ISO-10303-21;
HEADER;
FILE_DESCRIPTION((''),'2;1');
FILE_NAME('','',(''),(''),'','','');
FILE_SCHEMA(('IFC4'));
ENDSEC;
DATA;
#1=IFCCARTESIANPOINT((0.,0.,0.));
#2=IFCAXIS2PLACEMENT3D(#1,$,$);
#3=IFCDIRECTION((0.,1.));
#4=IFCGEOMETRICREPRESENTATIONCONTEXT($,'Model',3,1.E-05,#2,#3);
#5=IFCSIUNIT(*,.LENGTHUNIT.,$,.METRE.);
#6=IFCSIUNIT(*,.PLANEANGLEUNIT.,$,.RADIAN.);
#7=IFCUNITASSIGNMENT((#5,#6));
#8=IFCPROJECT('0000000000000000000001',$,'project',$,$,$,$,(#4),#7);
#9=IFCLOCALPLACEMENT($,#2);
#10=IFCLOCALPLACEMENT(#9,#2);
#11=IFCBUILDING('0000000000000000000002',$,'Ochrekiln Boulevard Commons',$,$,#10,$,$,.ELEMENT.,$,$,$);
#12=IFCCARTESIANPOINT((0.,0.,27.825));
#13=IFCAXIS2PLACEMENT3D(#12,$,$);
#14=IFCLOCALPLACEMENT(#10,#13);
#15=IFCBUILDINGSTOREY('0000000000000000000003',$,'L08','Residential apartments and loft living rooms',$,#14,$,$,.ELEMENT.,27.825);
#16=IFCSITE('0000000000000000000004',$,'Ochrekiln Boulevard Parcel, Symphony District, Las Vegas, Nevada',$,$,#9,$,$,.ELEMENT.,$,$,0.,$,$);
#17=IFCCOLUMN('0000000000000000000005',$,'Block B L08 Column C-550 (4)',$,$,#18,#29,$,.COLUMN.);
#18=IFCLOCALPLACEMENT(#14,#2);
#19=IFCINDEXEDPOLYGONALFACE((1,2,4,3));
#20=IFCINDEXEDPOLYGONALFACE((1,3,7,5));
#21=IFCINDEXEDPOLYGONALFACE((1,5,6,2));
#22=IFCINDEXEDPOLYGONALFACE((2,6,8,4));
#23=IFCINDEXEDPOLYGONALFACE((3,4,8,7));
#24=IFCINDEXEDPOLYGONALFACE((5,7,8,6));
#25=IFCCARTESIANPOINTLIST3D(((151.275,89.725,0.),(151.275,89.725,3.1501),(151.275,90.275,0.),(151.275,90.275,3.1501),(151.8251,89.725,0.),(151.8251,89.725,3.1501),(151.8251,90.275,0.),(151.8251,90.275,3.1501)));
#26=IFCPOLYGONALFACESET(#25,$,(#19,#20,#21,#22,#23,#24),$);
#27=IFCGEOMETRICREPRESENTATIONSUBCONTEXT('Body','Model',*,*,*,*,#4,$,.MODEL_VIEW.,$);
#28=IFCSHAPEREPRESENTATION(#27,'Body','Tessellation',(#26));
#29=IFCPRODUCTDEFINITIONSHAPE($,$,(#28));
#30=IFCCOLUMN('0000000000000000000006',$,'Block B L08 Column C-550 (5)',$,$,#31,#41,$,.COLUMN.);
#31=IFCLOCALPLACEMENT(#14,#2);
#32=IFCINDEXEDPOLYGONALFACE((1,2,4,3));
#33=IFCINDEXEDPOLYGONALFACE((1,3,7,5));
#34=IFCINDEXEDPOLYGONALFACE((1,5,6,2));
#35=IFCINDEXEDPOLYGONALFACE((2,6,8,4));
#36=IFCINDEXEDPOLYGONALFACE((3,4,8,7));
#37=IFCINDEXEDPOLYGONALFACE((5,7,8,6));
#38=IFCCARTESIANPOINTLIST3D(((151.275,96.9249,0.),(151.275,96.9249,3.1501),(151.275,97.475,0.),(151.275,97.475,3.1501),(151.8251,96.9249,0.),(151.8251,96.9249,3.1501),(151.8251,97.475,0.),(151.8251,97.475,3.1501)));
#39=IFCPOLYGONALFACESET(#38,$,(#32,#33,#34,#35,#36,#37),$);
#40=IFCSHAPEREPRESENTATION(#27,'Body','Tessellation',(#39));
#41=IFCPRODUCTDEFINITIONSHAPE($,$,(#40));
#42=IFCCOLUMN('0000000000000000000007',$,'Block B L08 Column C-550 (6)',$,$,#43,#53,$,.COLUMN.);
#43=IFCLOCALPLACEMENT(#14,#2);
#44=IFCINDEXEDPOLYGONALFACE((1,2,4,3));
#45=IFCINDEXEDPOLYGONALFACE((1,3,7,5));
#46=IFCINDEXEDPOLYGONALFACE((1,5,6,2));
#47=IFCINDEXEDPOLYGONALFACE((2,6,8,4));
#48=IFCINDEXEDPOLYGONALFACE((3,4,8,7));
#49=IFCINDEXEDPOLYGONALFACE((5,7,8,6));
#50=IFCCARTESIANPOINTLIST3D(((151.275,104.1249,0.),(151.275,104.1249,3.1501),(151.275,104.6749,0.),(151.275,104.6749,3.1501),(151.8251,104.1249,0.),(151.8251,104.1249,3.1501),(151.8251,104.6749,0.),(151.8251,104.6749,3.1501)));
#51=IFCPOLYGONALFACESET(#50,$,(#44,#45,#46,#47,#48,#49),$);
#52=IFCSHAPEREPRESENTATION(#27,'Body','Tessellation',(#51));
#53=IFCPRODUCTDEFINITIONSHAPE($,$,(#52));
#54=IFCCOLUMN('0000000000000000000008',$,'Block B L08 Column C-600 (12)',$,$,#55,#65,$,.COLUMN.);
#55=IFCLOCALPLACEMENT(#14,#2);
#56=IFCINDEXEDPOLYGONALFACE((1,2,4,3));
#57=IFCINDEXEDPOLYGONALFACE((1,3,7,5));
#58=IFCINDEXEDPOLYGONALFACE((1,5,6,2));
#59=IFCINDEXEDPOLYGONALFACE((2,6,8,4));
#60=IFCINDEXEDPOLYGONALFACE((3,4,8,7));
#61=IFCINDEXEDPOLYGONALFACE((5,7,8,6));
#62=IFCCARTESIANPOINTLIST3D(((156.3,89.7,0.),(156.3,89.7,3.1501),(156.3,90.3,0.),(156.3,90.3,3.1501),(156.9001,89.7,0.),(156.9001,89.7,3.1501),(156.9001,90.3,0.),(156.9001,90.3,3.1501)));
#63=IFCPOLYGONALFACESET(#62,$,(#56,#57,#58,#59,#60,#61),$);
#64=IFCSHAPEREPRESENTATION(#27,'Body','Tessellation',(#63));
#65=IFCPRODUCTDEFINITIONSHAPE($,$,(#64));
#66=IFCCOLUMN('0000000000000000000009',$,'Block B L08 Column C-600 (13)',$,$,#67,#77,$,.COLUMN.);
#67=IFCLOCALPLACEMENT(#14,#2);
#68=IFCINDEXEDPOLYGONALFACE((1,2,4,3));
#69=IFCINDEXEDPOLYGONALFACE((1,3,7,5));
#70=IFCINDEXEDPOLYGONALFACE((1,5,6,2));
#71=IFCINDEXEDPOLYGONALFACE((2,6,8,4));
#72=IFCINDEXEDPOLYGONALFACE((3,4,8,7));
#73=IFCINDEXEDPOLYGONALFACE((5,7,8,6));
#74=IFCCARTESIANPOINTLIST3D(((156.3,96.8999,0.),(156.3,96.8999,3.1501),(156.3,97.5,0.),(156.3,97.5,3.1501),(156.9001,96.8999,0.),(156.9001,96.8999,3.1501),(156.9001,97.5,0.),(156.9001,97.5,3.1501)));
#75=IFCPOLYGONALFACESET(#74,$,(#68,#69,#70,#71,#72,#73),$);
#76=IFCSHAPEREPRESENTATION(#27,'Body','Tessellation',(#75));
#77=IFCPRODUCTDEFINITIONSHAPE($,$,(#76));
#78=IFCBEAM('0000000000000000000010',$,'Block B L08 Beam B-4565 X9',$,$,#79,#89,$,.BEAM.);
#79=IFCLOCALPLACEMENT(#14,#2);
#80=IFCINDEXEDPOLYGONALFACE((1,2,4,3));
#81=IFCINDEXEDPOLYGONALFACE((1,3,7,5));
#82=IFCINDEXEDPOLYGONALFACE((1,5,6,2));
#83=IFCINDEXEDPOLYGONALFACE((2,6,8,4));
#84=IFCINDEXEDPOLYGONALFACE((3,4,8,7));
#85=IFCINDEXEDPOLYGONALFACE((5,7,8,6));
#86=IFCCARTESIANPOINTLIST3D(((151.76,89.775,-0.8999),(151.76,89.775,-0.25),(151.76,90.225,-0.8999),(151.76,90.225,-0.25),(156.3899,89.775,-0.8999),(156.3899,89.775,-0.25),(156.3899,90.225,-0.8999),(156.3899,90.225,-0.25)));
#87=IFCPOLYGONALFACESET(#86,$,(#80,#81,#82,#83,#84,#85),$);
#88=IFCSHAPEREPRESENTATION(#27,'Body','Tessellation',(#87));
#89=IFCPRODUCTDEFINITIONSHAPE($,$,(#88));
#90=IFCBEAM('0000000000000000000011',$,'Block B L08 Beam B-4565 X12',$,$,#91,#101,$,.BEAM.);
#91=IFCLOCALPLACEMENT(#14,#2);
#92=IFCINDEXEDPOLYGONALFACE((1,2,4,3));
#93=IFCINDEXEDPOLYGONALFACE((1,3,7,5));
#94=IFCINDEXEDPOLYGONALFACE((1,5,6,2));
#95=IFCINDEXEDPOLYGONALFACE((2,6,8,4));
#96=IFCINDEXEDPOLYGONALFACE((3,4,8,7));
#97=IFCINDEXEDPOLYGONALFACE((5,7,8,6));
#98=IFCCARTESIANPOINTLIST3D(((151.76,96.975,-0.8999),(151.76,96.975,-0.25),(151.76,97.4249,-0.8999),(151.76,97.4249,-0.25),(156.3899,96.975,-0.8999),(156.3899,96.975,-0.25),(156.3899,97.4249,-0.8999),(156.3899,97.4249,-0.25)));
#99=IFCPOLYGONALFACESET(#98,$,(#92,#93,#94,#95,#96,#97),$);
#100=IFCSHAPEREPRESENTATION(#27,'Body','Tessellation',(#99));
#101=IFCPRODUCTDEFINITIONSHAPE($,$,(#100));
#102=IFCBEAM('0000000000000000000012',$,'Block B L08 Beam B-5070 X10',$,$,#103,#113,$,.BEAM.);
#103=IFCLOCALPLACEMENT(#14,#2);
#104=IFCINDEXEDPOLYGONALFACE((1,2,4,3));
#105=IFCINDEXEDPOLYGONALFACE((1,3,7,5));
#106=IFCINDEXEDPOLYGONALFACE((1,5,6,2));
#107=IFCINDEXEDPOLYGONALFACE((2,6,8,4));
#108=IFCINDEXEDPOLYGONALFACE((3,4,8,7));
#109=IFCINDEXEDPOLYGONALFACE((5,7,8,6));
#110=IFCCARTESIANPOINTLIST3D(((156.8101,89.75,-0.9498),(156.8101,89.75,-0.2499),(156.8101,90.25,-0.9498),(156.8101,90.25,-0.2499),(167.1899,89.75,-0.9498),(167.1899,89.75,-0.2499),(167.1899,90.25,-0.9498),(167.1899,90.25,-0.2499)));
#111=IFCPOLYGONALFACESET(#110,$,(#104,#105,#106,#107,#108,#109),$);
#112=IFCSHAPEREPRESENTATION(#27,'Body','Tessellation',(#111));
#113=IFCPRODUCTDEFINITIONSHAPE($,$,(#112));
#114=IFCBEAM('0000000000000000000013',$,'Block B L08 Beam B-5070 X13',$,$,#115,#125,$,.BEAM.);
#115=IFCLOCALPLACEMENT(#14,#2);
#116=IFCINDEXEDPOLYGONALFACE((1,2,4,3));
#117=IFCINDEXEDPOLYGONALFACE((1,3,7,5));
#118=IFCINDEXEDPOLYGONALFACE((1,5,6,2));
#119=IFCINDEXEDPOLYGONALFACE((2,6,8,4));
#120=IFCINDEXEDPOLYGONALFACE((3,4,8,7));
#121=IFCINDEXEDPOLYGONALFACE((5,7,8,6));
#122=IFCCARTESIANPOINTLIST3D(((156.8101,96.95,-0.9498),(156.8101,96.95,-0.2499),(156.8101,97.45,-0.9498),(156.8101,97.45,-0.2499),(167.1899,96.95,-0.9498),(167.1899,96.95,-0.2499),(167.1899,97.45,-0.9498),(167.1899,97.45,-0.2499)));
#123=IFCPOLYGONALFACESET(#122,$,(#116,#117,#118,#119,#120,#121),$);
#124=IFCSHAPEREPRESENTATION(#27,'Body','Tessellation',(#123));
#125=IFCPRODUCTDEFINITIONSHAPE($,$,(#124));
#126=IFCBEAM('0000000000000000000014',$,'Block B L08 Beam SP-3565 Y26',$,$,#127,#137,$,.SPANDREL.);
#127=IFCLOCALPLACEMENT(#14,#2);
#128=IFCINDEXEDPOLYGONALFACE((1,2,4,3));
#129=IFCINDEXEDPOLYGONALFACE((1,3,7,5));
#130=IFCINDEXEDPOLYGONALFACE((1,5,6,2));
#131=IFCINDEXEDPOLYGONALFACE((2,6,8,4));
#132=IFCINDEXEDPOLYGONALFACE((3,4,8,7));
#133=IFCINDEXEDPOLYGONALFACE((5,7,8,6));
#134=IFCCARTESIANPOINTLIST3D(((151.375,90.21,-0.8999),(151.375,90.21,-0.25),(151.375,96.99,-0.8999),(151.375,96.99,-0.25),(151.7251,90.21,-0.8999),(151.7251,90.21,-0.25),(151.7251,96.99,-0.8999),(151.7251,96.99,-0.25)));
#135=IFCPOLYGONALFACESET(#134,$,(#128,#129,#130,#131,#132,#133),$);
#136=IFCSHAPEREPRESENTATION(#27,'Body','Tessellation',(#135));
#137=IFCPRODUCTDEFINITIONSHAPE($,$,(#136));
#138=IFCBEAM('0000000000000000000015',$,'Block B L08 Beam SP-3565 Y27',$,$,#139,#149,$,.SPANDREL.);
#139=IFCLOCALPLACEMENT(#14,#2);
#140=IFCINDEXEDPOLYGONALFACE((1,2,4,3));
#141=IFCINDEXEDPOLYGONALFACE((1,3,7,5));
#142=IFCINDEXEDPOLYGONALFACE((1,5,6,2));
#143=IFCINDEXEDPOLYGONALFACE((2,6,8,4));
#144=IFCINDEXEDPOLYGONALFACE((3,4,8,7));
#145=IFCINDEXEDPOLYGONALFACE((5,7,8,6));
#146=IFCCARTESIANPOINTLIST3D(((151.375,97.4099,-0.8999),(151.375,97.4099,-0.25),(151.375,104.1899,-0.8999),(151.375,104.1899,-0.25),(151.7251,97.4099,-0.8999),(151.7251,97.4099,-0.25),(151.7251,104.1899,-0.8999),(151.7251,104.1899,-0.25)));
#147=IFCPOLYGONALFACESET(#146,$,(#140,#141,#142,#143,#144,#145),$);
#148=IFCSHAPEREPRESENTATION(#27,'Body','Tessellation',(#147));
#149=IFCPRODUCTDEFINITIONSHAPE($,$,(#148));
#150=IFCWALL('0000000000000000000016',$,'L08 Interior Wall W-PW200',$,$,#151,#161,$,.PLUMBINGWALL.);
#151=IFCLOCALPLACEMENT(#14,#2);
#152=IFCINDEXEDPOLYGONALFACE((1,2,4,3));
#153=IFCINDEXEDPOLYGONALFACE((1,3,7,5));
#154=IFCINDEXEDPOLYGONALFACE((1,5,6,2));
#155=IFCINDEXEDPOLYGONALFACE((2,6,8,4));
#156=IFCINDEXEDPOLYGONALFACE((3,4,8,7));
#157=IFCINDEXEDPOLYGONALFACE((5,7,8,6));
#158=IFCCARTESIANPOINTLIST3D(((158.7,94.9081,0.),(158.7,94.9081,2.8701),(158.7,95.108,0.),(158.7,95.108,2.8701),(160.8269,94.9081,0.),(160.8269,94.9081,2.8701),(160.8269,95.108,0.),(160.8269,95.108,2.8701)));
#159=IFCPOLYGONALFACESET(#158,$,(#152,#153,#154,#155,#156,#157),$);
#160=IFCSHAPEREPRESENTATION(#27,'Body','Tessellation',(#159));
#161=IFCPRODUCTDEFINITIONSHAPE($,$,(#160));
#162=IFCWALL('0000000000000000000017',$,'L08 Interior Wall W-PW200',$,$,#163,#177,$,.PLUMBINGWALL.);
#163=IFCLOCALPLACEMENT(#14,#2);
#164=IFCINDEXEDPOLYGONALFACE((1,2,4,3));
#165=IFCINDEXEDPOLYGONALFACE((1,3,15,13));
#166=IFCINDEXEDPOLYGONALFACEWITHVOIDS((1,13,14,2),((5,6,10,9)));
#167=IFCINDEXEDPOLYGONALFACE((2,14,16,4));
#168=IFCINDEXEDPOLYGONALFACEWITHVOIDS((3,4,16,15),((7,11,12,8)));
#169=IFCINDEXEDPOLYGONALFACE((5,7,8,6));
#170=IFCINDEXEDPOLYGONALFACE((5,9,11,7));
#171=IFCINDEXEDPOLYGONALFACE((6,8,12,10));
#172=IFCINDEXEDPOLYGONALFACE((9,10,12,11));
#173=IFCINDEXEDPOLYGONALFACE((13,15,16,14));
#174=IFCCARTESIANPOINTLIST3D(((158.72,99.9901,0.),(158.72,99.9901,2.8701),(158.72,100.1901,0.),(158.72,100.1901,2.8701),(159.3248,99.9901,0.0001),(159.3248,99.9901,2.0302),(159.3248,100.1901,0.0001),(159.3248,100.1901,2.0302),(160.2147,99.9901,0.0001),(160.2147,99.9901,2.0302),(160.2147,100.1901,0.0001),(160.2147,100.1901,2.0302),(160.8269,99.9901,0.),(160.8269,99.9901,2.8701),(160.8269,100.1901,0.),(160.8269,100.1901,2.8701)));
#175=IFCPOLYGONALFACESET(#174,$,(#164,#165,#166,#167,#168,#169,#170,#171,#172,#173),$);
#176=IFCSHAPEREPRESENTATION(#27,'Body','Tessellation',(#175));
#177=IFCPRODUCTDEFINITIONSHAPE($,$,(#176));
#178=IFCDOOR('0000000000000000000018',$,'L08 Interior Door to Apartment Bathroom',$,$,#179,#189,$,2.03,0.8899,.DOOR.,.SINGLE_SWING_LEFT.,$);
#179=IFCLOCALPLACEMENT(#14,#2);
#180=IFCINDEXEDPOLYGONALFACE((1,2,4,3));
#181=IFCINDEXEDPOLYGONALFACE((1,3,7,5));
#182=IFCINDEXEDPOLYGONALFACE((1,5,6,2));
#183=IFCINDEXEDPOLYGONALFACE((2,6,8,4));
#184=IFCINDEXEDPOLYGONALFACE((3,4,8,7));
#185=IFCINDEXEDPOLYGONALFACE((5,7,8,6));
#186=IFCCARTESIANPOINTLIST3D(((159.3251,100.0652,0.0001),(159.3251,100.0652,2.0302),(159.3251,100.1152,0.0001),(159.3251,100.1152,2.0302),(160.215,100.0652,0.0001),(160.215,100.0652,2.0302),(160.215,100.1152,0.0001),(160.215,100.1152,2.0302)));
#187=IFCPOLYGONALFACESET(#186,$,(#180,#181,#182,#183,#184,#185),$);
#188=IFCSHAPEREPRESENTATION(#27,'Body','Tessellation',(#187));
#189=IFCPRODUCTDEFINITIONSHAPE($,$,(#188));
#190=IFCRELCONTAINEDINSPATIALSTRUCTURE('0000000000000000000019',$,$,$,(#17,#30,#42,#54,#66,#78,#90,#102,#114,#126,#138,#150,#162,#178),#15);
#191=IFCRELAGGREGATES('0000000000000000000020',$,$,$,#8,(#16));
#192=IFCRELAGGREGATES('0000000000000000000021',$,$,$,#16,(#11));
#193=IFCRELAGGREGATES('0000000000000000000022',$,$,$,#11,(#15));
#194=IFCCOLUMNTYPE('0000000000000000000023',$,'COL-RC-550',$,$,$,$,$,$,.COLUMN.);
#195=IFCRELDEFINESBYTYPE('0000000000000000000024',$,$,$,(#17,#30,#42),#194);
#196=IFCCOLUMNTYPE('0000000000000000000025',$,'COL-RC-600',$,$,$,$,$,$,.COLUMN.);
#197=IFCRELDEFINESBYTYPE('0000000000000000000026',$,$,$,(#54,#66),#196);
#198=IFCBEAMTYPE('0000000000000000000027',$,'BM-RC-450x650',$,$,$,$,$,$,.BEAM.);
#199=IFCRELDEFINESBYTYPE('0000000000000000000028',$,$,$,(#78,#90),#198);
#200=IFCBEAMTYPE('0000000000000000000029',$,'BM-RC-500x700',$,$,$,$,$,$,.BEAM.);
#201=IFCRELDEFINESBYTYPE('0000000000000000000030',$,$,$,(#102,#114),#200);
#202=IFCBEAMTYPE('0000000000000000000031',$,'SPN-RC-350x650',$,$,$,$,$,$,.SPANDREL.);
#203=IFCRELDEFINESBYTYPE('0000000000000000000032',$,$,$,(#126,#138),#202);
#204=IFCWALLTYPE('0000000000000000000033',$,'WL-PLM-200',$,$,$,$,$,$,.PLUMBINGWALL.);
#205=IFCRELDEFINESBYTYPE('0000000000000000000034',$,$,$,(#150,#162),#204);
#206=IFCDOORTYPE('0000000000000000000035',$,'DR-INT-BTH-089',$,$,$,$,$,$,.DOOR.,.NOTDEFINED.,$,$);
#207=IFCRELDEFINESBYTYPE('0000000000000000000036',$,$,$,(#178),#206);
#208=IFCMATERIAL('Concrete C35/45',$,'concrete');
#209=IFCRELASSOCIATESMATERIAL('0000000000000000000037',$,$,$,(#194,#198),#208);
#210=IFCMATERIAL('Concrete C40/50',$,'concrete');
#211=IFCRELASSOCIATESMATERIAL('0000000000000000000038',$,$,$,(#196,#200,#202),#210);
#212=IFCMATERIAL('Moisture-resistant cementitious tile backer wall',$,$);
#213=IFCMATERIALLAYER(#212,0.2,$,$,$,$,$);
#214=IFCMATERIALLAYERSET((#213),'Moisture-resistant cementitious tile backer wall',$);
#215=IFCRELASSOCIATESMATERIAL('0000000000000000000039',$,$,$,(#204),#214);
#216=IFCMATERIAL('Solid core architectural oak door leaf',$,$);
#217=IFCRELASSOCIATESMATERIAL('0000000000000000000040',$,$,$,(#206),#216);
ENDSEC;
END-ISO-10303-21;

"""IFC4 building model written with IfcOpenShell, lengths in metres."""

from ifc_helpers import new_model, si_unit, direction, frame, frame_2d, origin, origin_2d, place, context, subcontext, project, spatial, rectangle, extrude, material, layer, layer_set, material_profile, profile_set, type_object, element, fill, save


model = new_model("IFC4")

# Units and contexts
model_context = context("Model", 3, precision=1e-05, world=origin(), true_north=direction((0.0, 1.0)))
body_context = subcontext(model_context, "Body", "Model", "MODEL_VIEW")
ifc_project = project(units=[si_unit("LENGTHUNIT", "METRE"), si_unit("PLANEANGLEUNIT", "RADIAN")], contexts=[model_context])

# Site, building, storey
site_placement = place(None, origin())
site = spatial("IfcSite", under=ifc_project, at=site_placement, Name="Ochrekiln Boulevard Parcel, Symphony District, Las Vegas, Nevada", CompositionType="ELEMENT", RefElevation=0.0)
building_placement = place(site_placement, origin())
building = spatial("IfcBuilding", under=site, at=building_placement, Name="Ochrekiln Boulevard Commons", CompositionType="ELEMENT")
storey_placement = place(building_placement, frame((0.0, 0.0, 27.825)))
storey = spatial("IfcBuildingStorey", under=building, at=storey_placement, Name="L08", Description="Residential apartments and loft living rooms", CompositionType="ELEMENT", Elevation=27.825)

# Columns
ifc_material_1 = material(Name="Concrete C35/45", Category="concrete")
ifc_material_profile_1 = material_profile(ifc_material_1, rectangle(XDim=0.55, YDim=0.55, at=origin_2d()), Name="RC-COL-550x550")
ifc_profile_set_1 = profile_set([ifc_material_profile_1], Name="Concrete C35/45")
column_type_1 = type_object("IfcColumnType", Name="COL-RC-550", PredefinedType="COLUMN", material=ifc_profile_set_1)
for number, where, z_axis, x_axis, name in (
    (1, (151.55, 90.0, 0.0), (0.0, 0.0, 1.0), (1.0, 0.0, 0.0), "Block B L08 Column C-550 (4)"),
    (2, (151.55, 97.2, 0.0), (0.0, 0.0, 1.0), (1.0, 0.0, 0.0), "Block B L08 Column C-550 (5)"),
    (3, (151.55, 104.3999, 0.0), (0.0, 0.0, 1.0), (1.0, 0.0, 0.0), "Block B L08 Column C-550 (6)"),
):
    element("IfcColumn", number, at=place(storey_placement, frame(where, z_axis=z_axis, x_axis=x_axis)), inside=storey, type_object=column_type_1, Name=name, PredefinedType="COLUMN", context=body_context, shape_type="SweptSolid", body=[
        extrude(rectangle(XDim=0.55, YDim=0.55, at=origin_2d()), origin(), (0.0, 0.0, 1.0), 3.1501),
    ])
ifc_material_2 = material(Name="Concrete C40/50", Category="concrete")
ifc_material_profile_2 = material_profile(ifc_material_2, rectangle(XDim=0.6001, YDim=0.6001, at=origin_2d()), Name="RC-COL-600x600")
ifc_profile_set_2 = profile_set([ifc_material_profile_2], Name="Concrete C40/50")
column_type_2 = type_object("IfcColumnType", Name="COL-RC-600", PredefinedType="COLUMN", material=ifc_profile_set_2)
for number, where, z_axis, x_axis, name in (
    (4, (156.6001, 90.0, 0.0), (0.0, 0.0, 1.0), (1.0, 0.0, 0.0), "Block B L08 Column C-600 (12)"),
    (5, (156.6001, 97.2, 0.0), (0.0, 0.0, 1.0), (1.0, 0.0, 0.0), "Block B L08 Column C-600 (13)"),
):
    element("IfcColumn", number, at=place(storey_placement, frame(where, z_axis=z_axis, x_axis=x_axis)), inside=storey, type_object=column_type_2, Name=name, PredefinedType="COLUMN", context=body_context, shape_type="SweptSolid", body=[
        extrude(rectangle(XDim=0.6001, YDim=0.6001, at=origin_2d()), origin(), (0.0, 0.0, 1.0), 3.1501),
    ])

# Beams
ifc_material_profile_3 = material_profile(ifc_material_1, rectangle(XDim=0.45, YDim=0.6499, at=origin_2d()), Name="RC-BM-450x650")
ifc_profile_set_3 = profile_set([ifc_material_profile_3], Name="Concrete C35/45")
beam_type_1 = type_object("IfcBeamType", Name="BM-RC-450x650", PredefinedType="BEAM", material=ifc_profile_set_3)
for number, where, z_axis, x_axis, name in (
    (6, (151.76, 90.0, -0.575), (1.0, 0.0, 0.0), (0.0, 1.0, 0.0), "Block B L08 Beam B-4565 X9"),
    (7, (151.76, 97.2, -0.575), (1.0, 0.0, 0.0), (0.0, 1.0, 0.0), "Block B L08 Beam B-4565 X12"),
):
    element("IfcBeam", number, at=place(storey_placement, frame(where, z_axis=z_axis, x_axis=x_axis)), inside=storey, type_object=beam_type_1, Name=name, PredefinedType="BEAM", context=body_context, shape_type="SweptSolid", body=[
        extrude(rectangle(XDim=0.45, YDim=0.6499, at=origin_2d()), origin(), (0.0, 0.0, 1.0), 4.6299),
    ])
ifc_material_profile_4 = material_profile(ifc_material_2, rectangle(XDim=0.5, YDim=0.7, at=origin_2d()), Name="RC-BM-500x700")
ifc_profile_set_4 = profile_set([ifc_material_profile_4], Name="Concrete C40/50")
beam_type_2 = type_object("IfcBeamType", Name="BM-RC-500x700", PredefinedType="BEAM", material=ifc_profile_set_4)
for number, where, z_axis, x_axis, name in (
    (8, (156.8101, 90.0, -0.5999), (1.0, 0.0, 0.0), (0.0, 1.0, 0.0), "Block B L08 Beam B-5070 X10"),
    (9, (156.8101, 97.2, -0.5999), (1.0, 0.0, 0.0), (0.0, 1.0, 0.0), "Block B L08 Beam B-5070 X13"),
):
    element("IfcBeam", number, at=place(storey_placement, frame(where, z_axis=z_axis, x_axis=x_axis)), inside=storey, type_object=beam_type_2, Name=name, PredefinedType="BEAM", context=body_context, shape_type="SweptSolid", body=[
        extrude(rectangle(XDim=0.5, YDim=0.7, at=origin_2d()), origin(), (0.0, 0.0, 1.0), 10.3799),
    ])
ifc_material_profile_5 = material_profile(ifc_material_2, rectangle(XDim=0.3501, YDim=0.6499, at=origin_2d()), Name="RC-SPN-350x650")
ifc_profile_set_5 = profile_set([ifc_material_profile_5], Name="Concrete C40/50")
beam_type_3 = type_object("IfcBeamType", Name="SPN-RC-350x650", PredefinedType="SPANDREL", material=ifc_profile_set_5)
for number, where, z_axis, x_axis, name in (
    (10, (151.55, 90.21, -0.575), (0.0, 1.0, 0.0), (-1.0, 0.0, 0.0), "Block B L08 Beam SP-3565 Y26"),
    (11, (151.55, 97.4099, -0.575), (0.0, 1.0, 0.0), (-1.0, 0.0, 0.0), "Block B L08 Beam SP-3565 Y27"),
):
    element("IfcBeam", number, at=place(storey_placement, frame(where, z_axis=z_axis, x_axis=x_axis)), inside=storey, type_object=beam_type_3, Name=name, PredefinedType="SPANDREL", context=body_context, shape_type="SweptSolid", body=[
        extrude(rectangle(XDim=0.3501, YDim=0.6499, at=origin_2d()), origin(), (0.0, 0.0, 1.0), 6.78),
    ])

# Wall
ifc_material_3 = material(Name="Moisture-resistant cementitious tile backer wall")
ifc_layer_1 = layer(ifc_material_3, 0.2)
ifc_layer_set_1 = layer_set([ifc_layer_1], Name="Moisture-resistant cementitious tile backer wall")
wall_type_1 = type_object("IfcWallType", Name="WL-PLM-200", PredefinedType="PLUMBINGWALL", material=ifc_layer_set_1)
wall_1_placement = place(storey_placement, frame((158.7, 95.0081, 0.0), z_axis=(0.0, 0.0, 1.0), x_axis=(1.0, 0.0, 0.0)))
element("IfcWall", 12, at=wall_1_placement, inside=storey, type_object=wall_type_1, Name="L08 Interior Wall W-PW200", PredefinedType="PLUMBINGWALL", context=body_context, shape_type="SweptSolid", body=[
    extrude(rectangle(XDim=2.127, YDim=0.2, at=frame_2d((1.0635, 0.0))), origin(), (0.0, 0.0, 1.0), 2.8701),
])

# Wall, opening, door
wall_2_placement = place(storey_placement, frame((158.72, 100.0901, 0.0), z_axis=(0.0, 0.0, 1.0), x_axis=(1.0, 0.0, 0.0)))
wall_2 = element("IfcWall", 13, at=wall_2_placement, inside=storey, type_object=wall_type_1, Name="L08 Interior Wall W-PW200", PredefinedType="PLUMBINGWALL", context=body_context, shape_type="SweptSolid", body=[
    extrude(rectangle(XDim=2.1069, YDim=0.2, at=frame_2d((1.0535, 0.0))), origin(), (0.0, 0.0, 1.0), 2.8701),
])
opening_1_placement = place(wall_2_placement, frame((0.605, 0.0, 0.0)))
opening_1 = element("IfcOpeningElement", 14, at=opening_1_placement, cuts=wall_2, PredefinedType="OPENING", context=body_context, shape_type="SweptSolid", body=[
    extrude(rectangle(XDim=0.8899, YDim=2.03, at=frame_2d((0.4448, 1.0151))), frame((0.0, 0.1099, 0.0), z_axis=(0.0, -1.0, 0.0), x_axis=(1.0, 0.0, 0.0)), (0.0, 0.0, 1.0), 0.22),
])
ifc_material_4 = material(Name="Solid core architectural oak door leaf")
door_type_1 = type_object("IfcDoorType", Name="DR-INT-BTH-089", OperationType="NOTDEFINED", PredefinedType="DOOR", material=ifc_material_4)
door_1_placement = place(opening_1_placement, frame((0.8899, 0.0, 0.0), z_axis=(0.0, 0.0, 1.0), x_axis=(-1.0, 0.0, 0.0)))
door_1 = element("IfcDoor", 15, at=door_1_placement, inside=storey, type_object=door_type_1, Name="L08 Interior Door to Apartment Bathroom", OperationType="SINGLE_SWING_LEFT", OverallHeight=2.03, OverallWidth=0.8899, PredefinedType="DOOR", context=body_context, shape_type="SweptSolid", body=[
    extrude(rectangle(XDim=0.8899, YDim=2.03, at=frame_2d((0.4448, 1.0151))), frame((0.0, 0.0249, 0.0), z_axis=(0.0, -1.0, 0.0), x_axis=(1.0, 0.0, 0.0)), (0.0, 0.0, 1.0), 0.05),
])
fill(opening_1, door_1)

save(model, "model.ifc")
